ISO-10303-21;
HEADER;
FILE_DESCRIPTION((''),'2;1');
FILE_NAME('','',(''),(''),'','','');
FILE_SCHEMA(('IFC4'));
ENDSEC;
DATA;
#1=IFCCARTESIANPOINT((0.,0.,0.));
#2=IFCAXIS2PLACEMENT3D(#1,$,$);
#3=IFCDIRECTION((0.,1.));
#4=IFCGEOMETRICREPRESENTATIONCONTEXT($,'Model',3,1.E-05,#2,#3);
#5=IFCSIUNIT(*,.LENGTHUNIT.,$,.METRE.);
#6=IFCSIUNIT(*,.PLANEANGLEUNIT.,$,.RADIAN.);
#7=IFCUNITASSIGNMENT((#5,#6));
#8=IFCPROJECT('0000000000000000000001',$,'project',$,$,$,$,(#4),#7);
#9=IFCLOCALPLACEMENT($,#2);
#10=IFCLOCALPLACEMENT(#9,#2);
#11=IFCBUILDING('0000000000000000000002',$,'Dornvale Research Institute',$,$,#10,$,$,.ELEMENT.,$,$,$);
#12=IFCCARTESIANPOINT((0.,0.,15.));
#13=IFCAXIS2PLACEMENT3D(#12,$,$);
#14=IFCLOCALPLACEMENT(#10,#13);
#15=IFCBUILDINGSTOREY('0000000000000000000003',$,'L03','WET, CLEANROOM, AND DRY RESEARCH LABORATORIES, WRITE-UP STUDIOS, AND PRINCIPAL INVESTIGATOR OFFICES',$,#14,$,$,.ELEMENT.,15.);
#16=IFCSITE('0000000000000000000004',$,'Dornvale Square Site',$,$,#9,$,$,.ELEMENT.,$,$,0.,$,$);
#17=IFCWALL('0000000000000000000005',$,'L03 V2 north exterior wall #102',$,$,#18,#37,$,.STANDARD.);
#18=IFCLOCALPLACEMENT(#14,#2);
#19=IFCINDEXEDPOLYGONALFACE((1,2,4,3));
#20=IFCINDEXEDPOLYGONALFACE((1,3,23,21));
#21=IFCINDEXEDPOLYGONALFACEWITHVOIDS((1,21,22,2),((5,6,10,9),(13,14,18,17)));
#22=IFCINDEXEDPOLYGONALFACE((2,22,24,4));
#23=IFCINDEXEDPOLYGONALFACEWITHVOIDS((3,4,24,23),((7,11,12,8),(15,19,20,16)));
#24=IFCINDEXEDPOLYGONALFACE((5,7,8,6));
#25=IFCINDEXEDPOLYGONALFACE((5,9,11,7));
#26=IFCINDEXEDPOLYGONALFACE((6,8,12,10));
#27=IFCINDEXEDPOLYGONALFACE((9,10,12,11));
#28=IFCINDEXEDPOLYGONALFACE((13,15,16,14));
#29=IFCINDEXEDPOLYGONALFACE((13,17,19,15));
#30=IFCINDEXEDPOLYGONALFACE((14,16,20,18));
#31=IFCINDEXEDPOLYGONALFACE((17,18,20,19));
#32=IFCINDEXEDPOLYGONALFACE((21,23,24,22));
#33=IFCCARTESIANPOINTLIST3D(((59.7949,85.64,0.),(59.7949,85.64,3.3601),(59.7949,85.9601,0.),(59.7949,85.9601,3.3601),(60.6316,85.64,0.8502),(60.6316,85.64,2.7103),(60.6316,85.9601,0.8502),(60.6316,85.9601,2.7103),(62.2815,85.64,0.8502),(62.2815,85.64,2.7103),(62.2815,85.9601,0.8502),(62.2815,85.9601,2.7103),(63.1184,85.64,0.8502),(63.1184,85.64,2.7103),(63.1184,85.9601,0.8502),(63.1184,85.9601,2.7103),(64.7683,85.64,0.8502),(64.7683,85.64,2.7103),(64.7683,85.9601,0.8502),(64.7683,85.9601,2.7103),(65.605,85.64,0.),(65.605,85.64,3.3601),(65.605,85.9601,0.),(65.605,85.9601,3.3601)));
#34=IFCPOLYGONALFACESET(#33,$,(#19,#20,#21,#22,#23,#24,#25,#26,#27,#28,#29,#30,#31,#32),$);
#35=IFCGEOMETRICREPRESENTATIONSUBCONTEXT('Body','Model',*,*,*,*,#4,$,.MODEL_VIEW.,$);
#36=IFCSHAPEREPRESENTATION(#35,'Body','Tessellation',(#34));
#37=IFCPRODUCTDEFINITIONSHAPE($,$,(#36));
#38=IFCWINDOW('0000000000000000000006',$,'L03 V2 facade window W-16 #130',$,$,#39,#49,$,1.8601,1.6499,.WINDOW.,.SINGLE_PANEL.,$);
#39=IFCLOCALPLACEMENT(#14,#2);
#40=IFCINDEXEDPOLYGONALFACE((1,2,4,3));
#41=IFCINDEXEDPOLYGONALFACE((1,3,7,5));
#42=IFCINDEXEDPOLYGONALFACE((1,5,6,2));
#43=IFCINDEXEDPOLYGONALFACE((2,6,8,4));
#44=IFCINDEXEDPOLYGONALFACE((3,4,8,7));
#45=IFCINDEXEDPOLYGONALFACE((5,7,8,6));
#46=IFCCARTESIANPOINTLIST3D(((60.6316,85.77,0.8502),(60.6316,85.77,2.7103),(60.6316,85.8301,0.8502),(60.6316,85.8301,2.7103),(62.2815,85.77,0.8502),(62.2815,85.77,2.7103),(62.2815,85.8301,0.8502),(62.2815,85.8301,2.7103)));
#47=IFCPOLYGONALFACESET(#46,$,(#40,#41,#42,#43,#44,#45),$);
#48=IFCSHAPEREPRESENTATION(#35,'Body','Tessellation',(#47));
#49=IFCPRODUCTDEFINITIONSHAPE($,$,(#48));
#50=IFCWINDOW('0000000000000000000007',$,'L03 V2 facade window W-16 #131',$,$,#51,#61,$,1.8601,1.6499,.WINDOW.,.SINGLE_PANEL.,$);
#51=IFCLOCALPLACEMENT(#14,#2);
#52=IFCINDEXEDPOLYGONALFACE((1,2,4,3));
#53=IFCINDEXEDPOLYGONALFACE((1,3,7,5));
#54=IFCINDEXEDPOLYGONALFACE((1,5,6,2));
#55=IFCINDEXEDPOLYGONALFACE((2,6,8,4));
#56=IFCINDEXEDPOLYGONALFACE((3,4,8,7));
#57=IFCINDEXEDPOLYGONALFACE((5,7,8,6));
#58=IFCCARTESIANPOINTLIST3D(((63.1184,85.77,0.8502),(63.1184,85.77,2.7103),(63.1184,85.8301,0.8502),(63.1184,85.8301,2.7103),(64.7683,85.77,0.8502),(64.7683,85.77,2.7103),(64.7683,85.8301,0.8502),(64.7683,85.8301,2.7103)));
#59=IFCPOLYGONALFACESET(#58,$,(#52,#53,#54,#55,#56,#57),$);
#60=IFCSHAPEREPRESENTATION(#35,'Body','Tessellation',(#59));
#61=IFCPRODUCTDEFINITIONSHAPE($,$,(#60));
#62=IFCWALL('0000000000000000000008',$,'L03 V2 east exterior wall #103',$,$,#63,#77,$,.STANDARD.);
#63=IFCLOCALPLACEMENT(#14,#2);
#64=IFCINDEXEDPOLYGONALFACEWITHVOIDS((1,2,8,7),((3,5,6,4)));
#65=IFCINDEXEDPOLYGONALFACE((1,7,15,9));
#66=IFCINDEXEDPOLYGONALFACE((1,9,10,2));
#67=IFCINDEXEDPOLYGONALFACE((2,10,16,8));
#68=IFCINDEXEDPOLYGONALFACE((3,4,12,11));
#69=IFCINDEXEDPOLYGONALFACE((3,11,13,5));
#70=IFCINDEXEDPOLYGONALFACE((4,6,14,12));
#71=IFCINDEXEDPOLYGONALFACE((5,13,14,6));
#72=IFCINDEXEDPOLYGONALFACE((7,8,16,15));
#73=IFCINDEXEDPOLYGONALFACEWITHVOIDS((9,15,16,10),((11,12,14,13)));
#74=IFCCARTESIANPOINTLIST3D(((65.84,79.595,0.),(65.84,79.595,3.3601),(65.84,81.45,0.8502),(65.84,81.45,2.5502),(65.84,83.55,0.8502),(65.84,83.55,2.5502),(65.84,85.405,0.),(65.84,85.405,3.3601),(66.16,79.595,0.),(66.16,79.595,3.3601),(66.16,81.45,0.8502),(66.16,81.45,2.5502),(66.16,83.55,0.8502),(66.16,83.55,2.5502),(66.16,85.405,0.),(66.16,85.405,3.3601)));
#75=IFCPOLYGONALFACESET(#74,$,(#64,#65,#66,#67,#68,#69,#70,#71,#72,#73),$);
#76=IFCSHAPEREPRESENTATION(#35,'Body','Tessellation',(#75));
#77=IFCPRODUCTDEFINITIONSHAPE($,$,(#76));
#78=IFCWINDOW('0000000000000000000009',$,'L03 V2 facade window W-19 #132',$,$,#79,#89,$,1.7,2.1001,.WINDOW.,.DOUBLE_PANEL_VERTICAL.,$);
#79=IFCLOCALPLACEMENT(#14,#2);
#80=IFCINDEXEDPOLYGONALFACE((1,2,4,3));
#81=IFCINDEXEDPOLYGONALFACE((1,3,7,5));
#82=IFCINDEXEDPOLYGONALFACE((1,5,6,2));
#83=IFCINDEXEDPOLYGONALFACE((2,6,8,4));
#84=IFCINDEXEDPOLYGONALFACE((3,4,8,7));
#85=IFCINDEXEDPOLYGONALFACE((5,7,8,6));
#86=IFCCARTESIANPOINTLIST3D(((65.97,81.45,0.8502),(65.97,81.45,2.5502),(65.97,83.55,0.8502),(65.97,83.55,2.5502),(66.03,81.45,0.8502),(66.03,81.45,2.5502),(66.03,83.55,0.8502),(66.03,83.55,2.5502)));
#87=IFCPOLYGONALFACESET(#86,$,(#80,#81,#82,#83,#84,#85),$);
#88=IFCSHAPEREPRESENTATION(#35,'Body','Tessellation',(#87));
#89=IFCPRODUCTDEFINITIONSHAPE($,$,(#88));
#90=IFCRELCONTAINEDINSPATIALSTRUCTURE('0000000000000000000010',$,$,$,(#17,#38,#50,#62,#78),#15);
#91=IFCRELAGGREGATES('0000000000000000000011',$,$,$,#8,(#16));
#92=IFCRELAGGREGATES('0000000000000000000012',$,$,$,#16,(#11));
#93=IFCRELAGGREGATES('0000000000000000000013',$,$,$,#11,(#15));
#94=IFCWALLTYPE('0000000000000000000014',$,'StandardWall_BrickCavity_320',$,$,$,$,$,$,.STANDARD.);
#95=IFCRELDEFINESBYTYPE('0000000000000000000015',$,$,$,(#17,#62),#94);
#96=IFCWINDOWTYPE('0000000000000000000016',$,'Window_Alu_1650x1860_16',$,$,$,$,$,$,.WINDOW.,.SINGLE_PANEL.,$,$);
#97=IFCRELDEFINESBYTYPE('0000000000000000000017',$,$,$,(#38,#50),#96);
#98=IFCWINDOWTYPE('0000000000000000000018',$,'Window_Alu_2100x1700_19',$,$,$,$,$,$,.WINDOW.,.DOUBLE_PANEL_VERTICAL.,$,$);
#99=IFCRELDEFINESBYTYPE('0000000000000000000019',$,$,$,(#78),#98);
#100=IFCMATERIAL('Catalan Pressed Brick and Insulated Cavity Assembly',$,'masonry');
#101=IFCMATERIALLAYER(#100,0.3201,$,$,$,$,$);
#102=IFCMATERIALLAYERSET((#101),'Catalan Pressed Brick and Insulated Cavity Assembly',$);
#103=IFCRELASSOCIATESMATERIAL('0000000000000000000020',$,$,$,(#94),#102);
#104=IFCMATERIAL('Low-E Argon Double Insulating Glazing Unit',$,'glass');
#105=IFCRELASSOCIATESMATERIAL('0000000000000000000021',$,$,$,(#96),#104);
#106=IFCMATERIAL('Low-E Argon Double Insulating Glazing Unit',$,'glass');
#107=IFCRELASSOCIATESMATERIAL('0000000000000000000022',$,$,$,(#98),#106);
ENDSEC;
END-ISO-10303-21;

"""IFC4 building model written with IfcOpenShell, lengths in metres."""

from ifc_helpers import new_model, si_unit, direction, frame, frame_2d, origin, place, context, subcontext, project, spatial, rectangle, extrude, material, layer, layer_set, type_object, element, fill, save


model = new_model("IFC4")

# Units and contexts
model_context = context("Model", 3, precision=1e-05, world=origin(), true_north=direction((0.0, 1.0)))
body_context = subcontext(model_context, "Body", "Model", "MODEL_VIEW")
ifc_project = project(units=[si_unit("LENGTHUNIT", "METRE"), si_unit("PLANEANGLEUNIT", "RADIAN")], contexts=[model_context])

# Site, building, storey
site_placement = place(None, origin())
site = spatial("IfcSite", under=ifc_project, at=site_placement, Name="Dornvale Square Site", CompositionType="ELEMENT", RefElevation=0.0)
building_placement = place(site_placement, origin())
building = spatial("IfcBuilding", under=site, at=building_placement, Name="Dornvale Research Institute", CompositionType="ELEMENT")
storey_placement = place(building_placement, frame((0.0, 0.0, 15.0)))
storey = spatial("IfcBuildingStorey", under=building, at=storey_placement, Name="L03", Description="WET, CLEANROOM, AND DRY RESEARCH LABORATORIES, WRITE-UP STUDIOS, AND PRINCIPAL INVESTIGATOR OFFICES", CompositionType="ELEMENT", Elevation=15.0)

# Wall, openings, windows
ifc_material_1 = material(Name="Catalan Pressed Brick and Insulated Cavity Assembly", Category="masonry")
ifc_layer_1 = layer(ifc_material_1, 0.3201)
ifc_layer_set_1 = layer_set([ifc_layer_1], Name="Catalan Pressed Brick and Insulated Cavity Assembly")
wall_type_1 = type_object("IfcWallType", Name="StandardWall_BrickCavity_320", PredefinedType="STANDARD", material=ifc_layer_set_1)
wall_1_placement = place(storey_placement, frame((59.7949, 85.8, 0.0), z_axis=(0.0, 0.0, 1.0), x_axis=(1.0, 0.0, 0.0)))
wall_1 = element("IfcWall", 1, at=wall_1_placement, inside=storey, type_object=wall_type_1, Name="L03 V2 north exterior wall #102", PredefinedType="STANDARD", context=body_context, shape_type="SweptSolid", body=[
    extrude(rectangle(XDim=5.8101, YDim=0.3201, at=frame_2d((2.905, 0.0))), origin(), (0.0, 0.0, 1.0), 3.3601),
])
opening_1_placement = place(wall_1_placement, frame((0.8367, 0.0, 0.8501)))
opening_1 = element("IfcOpeningElement", 2, at=opening_1_placement, cuts=wall_1, PredefinedType="OPENING", context=body_context, shape_type="SweptSolid", body=[
    extrude(rectangle(XDim=1.6499, YDim=1.8601, at=frame_2d((0.825, 0.9302))), frame((0.0, 0.175, 0.0), z_axis=(0.0, -1.0, 0.0), x_axis=(1.0, 0.0, 0.0)), (0.0, 0.0, 1.0), 0.3501),
])
opening_2_placement = place(wall_1_placement, frame((3.3235, 0.0, 0.8501)))
opening_2 = element("IfcOpeningElement", 3, at=opening_2_placement, cuts=wall_1, PredefinedType="OPENING", context=body_context, shape_type="SweptSolid", body=[
    extrude(rectangle(XDim=1.6499, YDim=1.8601, at=frame_2d((0.825, 0.9302))), frame((0.0, 0.175, 0.0), z_axis=(0.0, -1.0, 0.0), x_axis=(1.0, 0.0, 0.0)), (0.0, 0.0, 1.0), 0.3501),
])
ifc_material_2 = material(Name="Low-E Argon Double Insulating Glazing Unit", Category="glass")
window_type_1 = type_object("IfcWindowType", Name="Window_Alu_1650x1860_16", PartitioningType="SINGLE_PANEL", PredefinedType="WINDOW", material=ifc_material_2)
window_1_placement = place(opening_1_placement, origin())
window_1 = element("IfcWindow", 4, at=window_1_placement, inside=storey, type_object=window_type_1, Name="L03 V2 facade window W-16 #130", OverallHeight=1.8601, OverallWidth=1.6499, PartitioningType="SINGLE_PANEL", PredefinedType="WINDOW", context=body_context, shape_type="SweptSolid", body=[
    extrude(rectangle(XDim=1.6499, YDim=1.8601, at=frame_2d((0.825, 0.9302))), frame((0.0, 0.03, 0.0), z_axis=(0.0, -1.0, 0.0), x_axis=(1.0, 0.0, 0.0)), (0.0, 0.0, 1.0), 0.0601),
])
fill(opening_1, window_1)
window_2_placement = place(opening_2_placement, origin())
window_2 = element("IfcWindow", 5, at=window_2_placement, inside=storey, type_object=window_type_1, Name="L03 V2 facade window W-16 #131", OverallHeight=1.8601, OverallWidth=1.6499, PartitioningType="SINGLE_PANEL", PredefinedType="WINDOW", context=body_context, shape_type="SweptSolid", body=[
    extrude(rectangle(XDim=1.6499, YDim=1.8601, at=frame_2d((0.825, 0.9302))), frame((0.0, 0.03, 0.0), z_axis=(0.0, -1.0, 0.0), x_axis=(1.0, 0.0, 0.0)), (0.0, 0.0, 1.0), 0.0601),
])
fill(opening_2, window_2)

# Wall, opening, window
wall_2_placement = place(storey_placement, frame((66.0, 85.405, 0.0), z_axis=(0.0, 0.0, 1.0), x_axis=(0.0, -1.0, 0.0)))
wall_2 = element("IfcWall", 6, at=wall_2_placement, inside=storey, type_object=wall_type_1, Name="L03 V2 east exterior wall #103", PredefinedType="STANDARD", context=body_context, shape_type="SweptSolid", body=[
    extrude(rectangle(XDim=5.8101, YDim=0.3201, at=frame_2d((2.905, 0.0))), origin(), (0.0, 0.0, 1.0), 3.3601),
])
opening_3_placement = place(wall_2_placement, frame((1.855, 0.0, 0.8501)))
opening_3 = element("IfcOpeningElement", 7, at=opening_3_placement, cuts=wall_2, PredefinedType="OPENING", context=body_context, shape_type="SweptSolid", body=[
    extrude(rectangle(XDim=2.1001, YDim=1.7, at=frame_2d((1.05, 0.8501))), frame((0.0, 0.175, 0.0), z_axis=(0.0, -1.0, 0.0), x_axis=(1.0, 0.0, 0.0)), (0.0, 0.0, 1.0), 0.3501),
])
ifc_material_3 = material(Name="Low-E Argon Double Insulating Glazing Unit", Category="glass")
window_type_2 = type_object("IfcWindowType", Name="Window_Alu_2100x1700_19", PartitioningType="DOUBLE_PANEL_VERTICAL", PredefinedType="WINDOW", material=ifc_material_3)
window_3_placement = place(opening_3_placement, origin())
window_3 = element("IfcWindow", 8, at=window_3_placement, inside=storey, type_object=window_type_2, Name="L03 V2 facade window W-19 #132", OverallHeight=1.7, OverallWidth=2.1001, PartitioningType="DOUBLE_PANEL_VERTICAL", PredefinedType="WINDOW", context=body_context, shape_type="SweptSolid", body=[
    extrude(rectangle(XDim=2.1001, YDim=1.7, at=frame_2d((1.05, 0.8501))), frame((0.0, 0.03, 0.0), z_axis=(0.0, -1.0, 0.0), x_axis=(1.0, 0.0, 0.0)), (0.0, 0.0, 1.0), 0.0601),
])
fill(opening_3, window_3)

save(model, "model.ifc")
